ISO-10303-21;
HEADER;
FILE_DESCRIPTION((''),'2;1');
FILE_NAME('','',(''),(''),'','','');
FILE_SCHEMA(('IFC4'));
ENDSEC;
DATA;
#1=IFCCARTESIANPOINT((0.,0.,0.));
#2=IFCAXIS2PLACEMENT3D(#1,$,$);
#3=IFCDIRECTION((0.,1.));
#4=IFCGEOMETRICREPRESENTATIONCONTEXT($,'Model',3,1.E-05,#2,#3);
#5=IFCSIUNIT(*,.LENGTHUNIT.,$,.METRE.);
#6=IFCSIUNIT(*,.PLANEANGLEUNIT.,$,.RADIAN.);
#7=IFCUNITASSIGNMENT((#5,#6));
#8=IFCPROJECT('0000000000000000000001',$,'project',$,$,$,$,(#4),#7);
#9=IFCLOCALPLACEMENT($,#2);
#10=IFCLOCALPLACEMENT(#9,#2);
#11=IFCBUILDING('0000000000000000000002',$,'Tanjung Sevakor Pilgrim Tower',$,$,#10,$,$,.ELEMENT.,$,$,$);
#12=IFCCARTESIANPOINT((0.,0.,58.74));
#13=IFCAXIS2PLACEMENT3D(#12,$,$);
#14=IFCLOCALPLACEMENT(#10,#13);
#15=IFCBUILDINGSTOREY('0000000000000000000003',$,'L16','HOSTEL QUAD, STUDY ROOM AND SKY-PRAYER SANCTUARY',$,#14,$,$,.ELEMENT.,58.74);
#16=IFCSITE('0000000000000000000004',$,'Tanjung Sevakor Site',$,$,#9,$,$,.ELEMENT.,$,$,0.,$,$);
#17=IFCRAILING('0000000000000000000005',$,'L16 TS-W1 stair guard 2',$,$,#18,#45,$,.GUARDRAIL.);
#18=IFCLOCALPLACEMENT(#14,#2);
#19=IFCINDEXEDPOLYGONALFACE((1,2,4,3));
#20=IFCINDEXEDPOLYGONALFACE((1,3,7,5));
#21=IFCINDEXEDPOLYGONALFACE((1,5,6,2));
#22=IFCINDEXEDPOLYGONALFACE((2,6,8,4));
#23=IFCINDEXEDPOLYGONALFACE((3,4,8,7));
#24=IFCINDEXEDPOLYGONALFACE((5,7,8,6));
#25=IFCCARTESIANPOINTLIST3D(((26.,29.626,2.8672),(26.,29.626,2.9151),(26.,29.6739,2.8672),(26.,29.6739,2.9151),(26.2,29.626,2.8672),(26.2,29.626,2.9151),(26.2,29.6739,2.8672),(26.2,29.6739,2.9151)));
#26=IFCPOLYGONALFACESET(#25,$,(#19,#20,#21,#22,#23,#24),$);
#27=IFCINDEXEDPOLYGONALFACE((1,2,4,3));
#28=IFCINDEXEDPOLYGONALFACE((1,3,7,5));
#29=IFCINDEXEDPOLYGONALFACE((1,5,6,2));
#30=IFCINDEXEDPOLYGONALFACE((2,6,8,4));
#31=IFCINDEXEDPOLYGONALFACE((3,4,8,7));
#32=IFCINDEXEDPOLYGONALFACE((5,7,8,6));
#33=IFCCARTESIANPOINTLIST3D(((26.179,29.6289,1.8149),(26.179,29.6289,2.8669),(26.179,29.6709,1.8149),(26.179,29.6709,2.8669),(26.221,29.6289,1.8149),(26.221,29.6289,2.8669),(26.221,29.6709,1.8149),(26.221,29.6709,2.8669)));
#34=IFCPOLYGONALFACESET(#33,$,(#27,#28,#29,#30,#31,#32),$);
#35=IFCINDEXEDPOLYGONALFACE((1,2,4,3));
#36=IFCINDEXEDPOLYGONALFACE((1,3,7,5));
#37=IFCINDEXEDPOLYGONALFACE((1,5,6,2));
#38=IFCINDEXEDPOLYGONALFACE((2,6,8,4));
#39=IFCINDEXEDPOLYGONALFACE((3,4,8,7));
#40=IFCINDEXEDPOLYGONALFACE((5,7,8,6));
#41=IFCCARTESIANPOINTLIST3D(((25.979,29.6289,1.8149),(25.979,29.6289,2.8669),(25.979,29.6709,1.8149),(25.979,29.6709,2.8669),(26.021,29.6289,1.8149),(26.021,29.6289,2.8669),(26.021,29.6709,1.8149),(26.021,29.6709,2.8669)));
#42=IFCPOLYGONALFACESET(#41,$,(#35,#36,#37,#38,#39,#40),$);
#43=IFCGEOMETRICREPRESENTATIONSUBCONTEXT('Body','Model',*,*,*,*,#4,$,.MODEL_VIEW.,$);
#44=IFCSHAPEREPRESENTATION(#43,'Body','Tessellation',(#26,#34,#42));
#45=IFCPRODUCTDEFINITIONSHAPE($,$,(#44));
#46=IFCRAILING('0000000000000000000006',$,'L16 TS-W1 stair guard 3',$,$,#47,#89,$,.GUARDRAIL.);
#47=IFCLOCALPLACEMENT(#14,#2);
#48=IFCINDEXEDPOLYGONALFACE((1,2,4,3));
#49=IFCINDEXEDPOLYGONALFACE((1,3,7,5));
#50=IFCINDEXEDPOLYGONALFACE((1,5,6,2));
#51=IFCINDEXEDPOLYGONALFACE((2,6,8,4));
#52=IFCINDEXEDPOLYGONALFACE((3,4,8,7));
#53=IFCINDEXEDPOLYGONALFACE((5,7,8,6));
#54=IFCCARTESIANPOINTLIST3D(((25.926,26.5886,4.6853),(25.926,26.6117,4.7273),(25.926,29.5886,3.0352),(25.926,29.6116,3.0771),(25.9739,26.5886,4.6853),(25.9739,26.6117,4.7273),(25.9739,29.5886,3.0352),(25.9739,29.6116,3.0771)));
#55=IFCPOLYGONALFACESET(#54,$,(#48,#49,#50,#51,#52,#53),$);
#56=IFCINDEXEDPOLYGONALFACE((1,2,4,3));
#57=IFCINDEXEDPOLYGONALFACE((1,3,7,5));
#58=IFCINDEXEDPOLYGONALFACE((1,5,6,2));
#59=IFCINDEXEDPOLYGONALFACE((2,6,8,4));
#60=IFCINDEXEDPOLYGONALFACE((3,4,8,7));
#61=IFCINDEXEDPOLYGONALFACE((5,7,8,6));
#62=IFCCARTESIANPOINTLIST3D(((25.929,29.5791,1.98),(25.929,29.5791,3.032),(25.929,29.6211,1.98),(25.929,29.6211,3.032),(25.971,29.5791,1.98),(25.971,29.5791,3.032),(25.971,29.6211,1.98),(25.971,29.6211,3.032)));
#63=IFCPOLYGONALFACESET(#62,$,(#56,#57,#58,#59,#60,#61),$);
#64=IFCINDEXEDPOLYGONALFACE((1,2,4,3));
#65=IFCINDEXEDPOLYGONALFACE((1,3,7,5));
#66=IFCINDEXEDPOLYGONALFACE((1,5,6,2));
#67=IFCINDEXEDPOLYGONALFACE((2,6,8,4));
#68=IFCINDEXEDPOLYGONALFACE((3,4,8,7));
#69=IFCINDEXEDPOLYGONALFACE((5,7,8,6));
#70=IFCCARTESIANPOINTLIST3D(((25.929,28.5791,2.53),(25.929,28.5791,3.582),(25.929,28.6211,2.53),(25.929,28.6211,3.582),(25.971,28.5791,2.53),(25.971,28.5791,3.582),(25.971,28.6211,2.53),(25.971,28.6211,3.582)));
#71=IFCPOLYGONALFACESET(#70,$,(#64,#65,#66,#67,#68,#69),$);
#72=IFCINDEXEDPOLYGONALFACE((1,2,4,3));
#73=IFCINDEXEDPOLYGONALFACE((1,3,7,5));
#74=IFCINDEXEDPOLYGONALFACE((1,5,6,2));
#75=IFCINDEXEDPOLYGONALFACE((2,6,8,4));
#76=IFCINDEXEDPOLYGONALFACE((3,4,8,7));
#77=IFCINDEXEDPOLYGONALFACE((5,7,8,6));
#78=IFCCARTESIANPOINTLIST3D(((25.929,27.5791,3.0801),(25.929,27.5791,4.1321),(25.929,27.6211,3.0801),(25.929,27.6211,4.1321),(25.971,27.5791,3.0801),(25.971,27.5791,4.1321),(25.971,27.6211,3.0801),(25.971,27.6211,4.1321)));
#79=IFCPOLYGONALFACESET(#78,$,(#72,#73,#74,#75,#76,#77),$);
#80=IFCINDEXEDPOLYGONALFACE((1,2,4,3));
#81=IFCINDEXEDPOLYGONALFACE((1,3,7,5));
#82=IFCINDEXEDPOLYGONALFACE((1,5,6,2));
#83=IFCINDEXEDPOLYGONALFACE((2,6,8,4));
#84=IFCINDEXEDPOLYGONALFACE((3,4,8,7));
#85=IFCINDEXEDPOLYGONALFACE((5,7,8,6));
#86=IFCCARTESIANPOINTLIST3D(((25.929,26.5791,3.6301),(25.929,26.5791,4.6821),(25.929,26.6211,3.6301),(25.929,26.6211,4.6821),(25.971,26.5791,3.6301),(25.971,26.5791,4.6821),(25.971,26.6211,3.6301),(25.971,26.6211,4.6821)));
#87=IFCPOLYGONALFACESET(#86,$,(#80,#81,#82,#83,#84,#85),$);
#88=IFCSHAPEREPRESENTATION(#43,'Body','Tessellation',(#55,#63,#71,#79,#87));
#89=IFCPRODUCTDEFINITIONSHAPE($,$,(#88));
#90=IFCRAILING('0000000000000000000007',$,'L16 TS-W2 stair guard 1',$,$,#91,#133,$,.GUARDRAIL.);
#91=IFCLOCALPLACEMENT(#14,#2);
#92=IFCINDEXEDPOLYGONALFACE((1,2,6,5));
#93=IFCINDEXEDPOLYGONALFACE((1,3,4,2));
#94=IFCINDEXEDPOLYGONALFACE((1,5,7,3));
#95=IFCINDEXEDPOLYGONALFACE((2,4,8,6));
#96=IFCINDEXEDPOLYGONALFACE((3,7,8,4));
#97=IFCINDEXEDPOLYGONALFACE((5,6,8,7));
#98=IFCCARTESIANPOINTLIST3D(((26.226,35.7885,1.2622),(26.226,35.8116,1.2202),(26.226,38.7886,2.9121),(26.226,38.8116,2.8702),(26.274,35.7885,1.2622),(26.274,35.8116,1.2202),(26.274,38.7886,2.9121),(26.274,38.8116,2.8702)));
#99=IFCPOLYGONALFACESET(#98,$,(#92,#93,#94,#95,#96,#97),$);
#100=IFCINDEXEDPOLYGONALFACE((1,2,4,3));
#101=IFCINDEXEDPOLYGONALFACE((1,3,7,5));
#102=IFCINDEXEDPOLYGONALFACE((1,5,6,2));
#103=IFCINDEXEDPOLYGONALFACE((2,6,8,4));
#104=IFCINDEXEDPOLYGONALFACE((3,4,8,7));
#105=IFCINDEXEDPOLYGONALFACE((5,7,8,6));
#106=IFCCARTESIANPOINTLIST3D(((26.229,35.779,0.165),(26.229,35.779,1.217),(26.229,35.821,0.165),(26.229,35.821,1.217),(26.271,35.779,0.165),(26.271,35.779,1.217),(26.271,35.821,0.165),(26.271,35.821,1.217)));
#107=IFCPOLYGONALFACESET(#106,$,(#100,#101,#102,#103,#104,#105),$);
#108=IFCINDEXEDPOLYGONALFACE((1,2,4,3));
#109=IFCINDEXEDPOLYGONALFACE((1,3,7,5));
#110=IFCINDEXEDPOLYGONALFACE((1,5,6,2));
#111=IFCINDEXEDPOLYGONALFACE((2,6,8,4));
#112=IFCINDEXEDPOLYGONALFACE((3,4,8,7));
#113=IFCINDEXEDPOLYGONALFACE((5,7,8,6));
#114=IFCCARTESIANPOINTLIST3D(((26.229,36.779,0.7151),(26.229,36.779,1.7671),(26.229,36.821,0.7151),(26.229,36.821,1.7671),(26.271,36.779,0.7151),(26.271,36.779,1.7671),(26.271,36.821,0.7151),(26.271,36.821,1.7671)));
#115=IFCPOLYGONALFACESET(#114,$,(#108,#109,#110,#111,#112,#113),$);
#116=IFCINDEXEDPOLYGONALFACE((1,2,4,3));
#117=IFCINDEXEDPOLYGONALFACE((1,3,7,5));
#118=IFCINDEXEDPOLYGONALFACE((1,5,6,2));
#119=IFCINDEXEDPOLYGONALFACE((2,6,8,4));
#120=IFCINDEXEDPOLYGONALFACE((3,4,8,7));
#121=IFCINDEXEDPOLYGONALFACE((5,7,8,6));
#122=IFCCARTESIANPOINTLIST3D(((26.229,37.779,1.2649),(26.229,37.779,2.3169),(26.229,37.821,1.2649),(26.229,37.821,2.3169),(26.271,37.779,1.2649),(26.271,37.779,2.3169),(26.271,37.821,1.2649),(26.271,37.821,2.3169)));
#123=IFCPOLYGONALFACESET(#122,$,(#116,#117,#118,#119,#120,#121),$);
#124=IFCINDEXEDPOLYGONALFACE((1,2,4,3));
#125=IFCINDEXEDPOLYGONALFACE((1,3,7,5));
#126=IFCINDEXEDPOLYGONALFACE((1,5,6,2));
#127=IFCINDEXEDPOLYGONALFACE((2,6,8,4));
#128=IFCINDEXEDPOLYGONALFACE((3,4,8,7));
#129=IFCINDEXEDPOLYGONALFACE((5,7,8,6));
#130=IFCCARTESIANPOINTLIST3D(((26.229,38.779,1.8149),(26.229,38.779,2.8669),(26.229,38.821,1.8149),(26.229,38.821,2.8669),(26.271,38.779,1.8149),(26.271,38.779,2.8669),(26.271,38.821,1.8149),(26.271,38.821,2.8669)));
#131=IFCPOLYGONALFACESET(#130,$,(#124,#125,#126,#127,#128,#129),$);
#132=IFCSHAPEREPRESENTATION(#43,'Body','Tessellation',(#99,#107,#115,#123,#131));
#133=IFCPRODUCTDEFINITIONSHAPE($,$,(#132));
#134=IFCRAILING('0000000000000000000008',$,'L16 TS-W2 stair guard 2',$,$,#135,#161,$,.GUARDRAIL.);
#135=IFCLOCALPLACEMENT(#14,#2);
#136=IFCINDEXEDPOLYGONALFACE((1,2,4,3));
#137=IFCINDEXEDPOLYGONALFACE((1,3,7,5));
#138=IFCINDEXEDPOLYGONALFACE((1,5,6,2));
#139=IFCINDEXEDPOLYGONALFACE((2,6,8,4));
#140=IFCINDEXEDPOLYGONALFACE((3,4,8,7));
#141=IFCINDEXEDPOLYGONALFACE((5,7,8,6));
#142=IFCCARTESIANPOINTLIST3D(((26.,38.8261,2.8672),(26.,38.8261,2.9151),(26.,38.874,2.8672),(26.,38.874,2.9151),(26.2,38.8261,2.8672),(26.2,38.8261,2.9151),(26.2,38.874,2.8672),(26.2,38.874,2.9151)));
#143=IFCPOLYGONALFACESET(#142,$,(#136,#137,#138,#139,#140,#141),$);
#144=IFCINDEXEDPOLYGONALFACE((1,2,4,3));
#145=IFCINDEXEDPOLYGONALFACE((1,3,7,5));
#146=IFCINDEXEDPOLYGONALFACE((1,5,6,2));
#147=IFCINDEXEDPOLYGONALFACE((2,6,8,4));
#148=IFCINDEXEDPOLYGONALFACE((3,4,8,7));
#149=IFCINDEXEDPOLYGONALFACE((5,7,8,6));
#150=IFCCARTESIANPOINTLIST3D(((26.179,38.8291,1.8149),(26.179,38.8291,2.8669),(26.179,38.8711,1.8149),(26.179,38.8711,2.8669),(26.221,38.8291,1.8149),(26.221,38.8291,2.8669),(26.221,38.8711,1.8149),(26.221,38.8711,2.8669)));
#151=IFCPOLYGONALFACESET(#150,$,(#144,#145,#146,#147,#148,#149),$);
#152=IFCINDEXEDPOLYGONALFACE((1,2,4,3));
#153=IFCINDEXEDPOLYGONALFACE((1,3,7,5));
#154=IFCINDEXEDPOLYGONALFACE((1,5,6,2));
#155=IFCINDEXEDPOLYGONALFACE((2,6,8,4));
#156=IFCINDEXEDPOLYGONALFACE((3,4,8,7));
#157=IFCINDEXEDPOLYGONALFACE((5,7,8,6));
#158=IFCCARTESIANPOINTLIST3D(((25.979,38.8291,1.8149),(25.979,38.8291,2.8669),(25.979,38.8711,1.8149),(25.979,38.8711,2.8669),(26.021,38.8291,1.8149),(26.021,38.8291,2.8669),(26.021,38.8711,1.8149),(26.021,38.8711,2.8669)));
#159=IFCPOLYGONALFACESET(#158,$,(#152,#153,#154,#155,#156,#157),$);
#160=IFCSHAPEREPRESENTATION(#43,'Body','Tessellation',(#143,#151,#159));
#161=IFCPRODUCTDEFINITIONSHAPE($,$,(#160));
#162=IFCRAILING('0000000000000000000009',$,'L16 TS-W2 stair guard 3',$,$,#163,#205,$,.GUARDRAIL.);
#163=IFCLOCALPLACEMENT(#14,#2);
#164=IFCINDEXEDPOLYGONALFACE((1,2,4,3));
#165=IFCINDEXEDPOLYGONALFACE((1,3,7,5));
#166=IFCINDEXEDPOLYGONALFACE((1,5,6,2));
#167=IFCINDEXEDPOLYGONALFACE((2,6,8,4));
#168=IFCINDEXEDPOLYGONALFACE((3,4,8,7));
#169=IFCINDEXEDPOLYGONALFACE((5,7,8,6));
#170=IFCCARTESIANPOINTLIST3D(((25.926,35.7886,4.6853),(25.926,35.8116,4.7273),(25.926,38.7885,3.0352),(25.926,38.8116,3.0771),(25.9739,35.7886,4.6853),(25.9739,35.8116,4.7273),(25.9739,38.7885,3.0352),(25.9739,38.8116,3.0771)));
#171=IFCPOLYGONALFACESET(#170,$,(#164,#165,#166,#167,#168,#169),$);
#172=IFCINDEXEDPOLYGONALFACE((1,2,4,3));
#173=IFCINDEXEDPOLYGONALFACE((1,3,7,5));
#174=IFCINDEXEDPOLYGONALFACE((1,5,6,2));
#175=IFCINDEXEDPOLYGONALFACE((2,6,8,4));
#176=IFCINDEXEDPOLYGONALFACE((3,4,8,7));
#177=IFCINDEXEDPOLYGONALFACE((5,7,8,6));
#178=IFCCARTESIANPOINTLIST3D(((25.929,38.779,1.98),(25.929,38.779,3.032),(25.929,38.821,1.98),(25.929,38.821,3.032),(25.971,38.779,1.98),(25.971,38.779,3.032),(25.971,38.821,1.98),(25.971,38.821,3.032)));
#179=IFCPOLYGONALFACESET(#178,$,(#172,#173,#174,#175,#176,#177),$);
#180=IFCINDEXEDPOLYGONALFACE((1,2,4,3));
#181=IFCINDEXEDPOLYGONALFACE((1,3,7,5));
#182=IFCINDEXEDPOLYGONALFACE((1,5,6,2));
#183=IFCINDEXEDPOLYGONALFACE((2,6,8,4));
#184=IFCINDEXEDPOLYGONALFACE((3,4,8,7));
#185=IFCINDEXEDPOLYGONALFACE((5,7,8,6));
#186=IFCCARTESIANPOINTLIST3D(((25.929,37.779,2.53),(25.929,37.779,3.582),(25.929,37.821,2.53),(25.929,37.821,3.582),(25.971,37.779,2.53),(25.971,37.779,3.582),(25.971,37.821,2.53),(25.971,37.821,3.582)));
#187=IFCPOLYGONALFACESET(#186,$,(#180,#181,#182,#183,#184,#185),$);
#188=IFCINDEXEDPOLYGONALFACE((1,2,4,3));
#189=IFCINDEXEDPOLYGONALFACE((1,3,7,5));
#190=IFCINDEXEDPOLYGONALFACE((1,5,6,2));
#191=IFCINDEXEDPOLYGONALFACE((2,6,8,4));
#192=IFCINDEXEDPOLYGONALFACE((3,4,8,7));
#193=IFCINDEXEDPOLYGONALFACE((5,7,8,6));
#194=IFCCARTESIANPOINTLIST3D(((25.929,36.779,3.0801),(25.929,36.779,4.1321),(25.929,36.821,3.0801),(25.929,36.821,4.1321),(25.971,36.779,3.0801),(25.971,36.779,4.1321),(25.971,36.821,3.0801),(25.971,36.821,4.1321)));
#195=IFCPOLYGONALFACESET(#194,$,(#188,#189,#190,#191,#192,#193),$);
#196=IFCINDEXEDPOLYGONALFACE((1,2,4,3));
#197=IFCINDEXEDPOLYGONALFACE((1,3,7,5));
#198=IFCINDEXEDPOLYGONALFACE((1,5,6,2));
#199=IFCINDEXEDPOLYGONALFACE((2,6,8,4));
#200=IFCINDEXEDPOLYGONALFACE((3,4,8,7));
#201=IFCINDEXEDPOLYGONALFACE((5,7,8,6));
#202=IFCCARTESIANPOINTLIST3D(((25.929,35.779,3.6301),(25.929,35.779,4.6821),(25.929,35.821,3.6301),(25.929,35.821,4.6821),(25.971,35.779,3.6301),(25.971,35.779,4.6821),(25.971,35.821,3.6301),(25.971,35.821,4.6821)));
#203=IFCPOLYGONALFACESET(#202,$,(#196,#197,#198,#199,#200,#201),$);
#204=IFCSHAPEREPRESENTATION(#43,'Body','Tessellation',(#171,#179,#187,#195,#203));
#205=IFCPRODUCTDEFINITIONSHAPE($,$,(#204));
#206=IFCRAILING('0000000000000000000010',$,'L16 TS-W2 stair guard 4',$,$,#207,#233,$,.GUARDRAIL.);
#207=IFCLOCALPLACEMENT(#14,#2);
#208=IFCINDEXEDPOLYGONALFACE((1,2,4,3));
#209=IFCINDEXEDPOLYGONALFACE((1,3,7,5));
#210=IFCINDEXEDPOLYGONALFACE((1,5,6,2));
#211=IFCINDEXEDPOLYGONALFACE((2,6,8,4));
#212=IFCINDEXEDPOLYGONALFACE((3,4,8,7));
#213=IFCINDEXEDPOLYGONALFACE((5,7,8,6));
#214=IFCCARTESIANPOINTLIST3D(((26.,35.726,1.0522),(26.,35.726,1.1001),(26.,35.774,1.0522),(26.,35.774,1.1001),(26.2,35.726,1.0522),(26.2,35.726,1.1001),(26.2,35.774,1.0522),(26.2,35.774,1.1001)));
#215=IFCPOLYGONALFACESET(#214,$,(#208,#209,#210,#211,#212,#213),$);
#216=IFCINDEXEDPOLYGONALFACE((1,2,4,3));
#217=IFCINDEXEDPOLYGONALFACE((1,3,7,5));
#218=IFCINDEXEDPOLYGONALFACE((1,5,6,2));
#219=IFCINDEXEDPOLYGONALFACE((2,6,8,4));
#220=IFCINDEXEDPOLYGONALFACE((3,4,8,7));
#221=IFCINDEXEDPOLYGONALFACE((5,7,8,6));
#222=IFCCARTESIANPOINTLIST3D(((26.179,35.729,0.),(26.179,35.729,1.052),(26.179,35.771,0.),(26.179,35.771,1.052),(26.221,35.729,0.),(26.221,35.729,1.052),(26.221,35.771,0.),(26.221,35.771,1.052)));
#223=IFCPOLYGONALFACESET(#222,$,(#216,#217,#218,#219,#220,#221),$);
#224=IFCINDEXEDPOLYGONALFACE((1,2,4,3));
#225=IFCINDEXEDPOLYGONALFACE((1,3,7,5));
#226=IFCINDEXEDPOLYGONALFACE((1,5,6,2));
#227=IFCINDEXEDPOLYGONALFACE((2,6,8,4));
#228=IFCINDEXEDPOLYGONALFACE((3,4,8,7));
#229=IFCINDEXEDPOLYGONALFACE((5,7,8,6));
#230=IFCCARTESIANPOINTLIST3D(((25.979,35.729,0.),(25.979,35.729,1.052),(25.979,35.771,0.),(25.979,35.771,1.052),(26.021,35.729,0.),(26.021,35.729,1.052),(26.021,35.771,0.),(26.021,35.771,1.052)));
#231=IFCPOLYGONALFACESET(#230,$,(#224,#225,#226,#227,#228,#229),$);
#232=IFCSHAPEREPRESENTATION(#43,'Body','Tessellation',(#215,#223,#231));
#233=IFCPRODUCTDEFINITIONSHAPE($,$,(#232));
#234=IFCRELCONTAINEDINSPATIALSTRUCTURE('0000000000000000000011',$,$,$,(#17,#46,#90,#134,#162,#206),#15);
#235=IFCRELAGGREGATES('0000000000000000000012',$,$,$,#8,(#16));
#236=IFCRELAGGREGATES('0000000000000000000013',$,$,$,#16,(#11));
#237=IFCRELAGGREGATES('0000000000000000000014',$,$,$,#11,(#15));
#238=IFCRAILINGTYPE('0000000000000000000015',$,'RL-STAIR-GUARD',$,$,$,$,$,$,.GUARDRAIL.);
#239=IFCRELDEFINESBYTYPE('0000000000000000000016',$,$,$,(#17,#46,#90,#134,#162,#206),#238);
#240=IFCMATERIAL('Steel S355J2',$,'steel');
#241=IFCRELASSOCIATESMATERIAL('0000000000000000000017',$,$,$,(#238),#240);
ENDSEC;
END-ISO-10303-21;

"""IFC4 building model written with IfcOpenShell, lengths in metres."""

from ifc_helpers import new_model, si_unit, direction, frame, origin, place, context, subcontext, project, spatial, rectangle, extrude, material, type_object, element, save


model = new_model("IFC4")

# Units and contexts
model_context = context("Model", 3, precision=1e-05, world=origin(), true_north=direction((0.0, 1.0)))
body_context = subcontext(model_context, "Body", "Model", "MODEL_VIEW")
ifc_project = project(units=[si_unit("LENGTHUNIT", "METRE"), si_unit("PLANEANGLEUNIT", "RADIAN")], contexts=[model_context])

# Site, building, storey
site_placement = place(None, origin())
site = spatial("IfcSite", under=ifc_project, at=site_placement, Name="Tanjung Sevakor Site", CompositionType="ELEMENT", RefElevation=0.0)
building_placement = place(site_placement, origin())
building = spatial("IfcBuilding", under=site, at=building_placement, Name="Tanjung Sevakor Pilgrim Tower", CompositionType="ELEMENT")
storey_placement = place(building_placement, frame((0.0, 0.0, 58.74)))
storey = spatial("IfcBuildingStorey", under=building, at=storey_placement, Name="L16", Description="HOSTEL QUAD, STUDY ROOM AND SKY-PRAYER SANCTUARY", CompositionType="ELEMENT", Elevation=58.74)

# Railings
ifc_material_1 = material(Name="Steel S355J2", Category="steel")
railing_type_1 = type_object("IfcRailingType", Name="RL-STAIR-GUARD", PredefinedType="GUARDRAIL", material=ifc_material_1)
railing_1_placement = place(storey_placement, frame((26.2, 29.6499, 1.8149)))
element("IfcRailing", 1, at=railing_1_placement, inside=storey, type_object=railing_type_1, Name="L16 TS-W1 stair guard 2", PredefinedType="GUARDRAIL", context=body_context, shape_type="SweptSolid", body=[
    extrude(rectangle(XDim=0.0479, YDim=0.0479), frame((0.0, 0.0, 1.0762), z_axis=(-1.0, 0.0, 0.0), x_axis=(0.0, -1.0, 0.0)), (0.0, 0.0, 1.0), 0.2),
    extrude(rectangle(XDim=0.042, YDim=0.042), origin(), (0.0, 0.0, 1.0), 1.052),
    extrude(rectangle(XDim=0.042, YDim=0.042), frame((-0.2, 0.0, 0.0)), (0.0, 0.0, 1.0), 1.052),
])
railing_2_placement = place(storey_placement, frame((25.95, 29.6001, 1.98)))
element("IfcRailing", 2, at=railing_2_placement, inside=storey, type_object=railing_type_1, Name="L16 TS-W1 stair guard 3", PredefinedType="GUARDRAIL", context=body_context, shape_type="SweptSolid", body=[
    extrude(rectangle(XDim=0.0479, YDim=0.0479), frame((0.0, 0.0, 1.0762), z_axis=(0.0, -0.876198, 0.481952), x_axis=(1.0, 0.0, 0.0)), (0.0, 0.0, 1.0), 3.4238),
    extrude(rectangle(XDim=0.042, YDim=0.042), origin(), (0.0, 0.0, 1.0), 1.052),
    extrude(rectangle(XDim=0.042, YDim=0.042), frame((0.0, -1.0, 0.55)), (0.0, 0.0, 1.0), 1.052),
    extrude(rectangle(XDim=0.042, YDim=0.042), frame((0.0, -2.0, 1.1001)), (0.0, 0.0, 1.0), 1.052),
    extrude(rectangle(XDim=0.042, YDim=0.042), frame((0.0, -3.0, 1.6501)), (0.0, 0.0, 1.0), 1.052),
])
railing_3_placement = place(storey_placement, frame((26.25, 35.8, 0.165)))
element("IfcRailing", 3, at=railing_3_placement, inside=storey, type_object=railing_type_1, Name="L16 TS-W2 stair guard 1", PredefinedType="GUARDRAIL", context=body_context, shape_type="SweptSolid", body=[
    extrude(rectangle(XDim=0.0479, YDim=0.0479), frame((0.0, 0.0, 1.0762), z_axis=(0.0, 0.876228, 0.481897), x_axis=(-1.0, 0.0, 0.0)), (0.0, 0.0, 1.0), 3.4238),
    extrude(rectangle(XDim=0.042, YDim=0.042), origin(), (0.0, 0.0, 1.0), 1.052),
    extrude(rectangle(XDim=0.042, YDim=0.042), frame((0.0, 1.0, 0.55)), (0.0, 0.0, 1.0), 1.052),
    extrude(rectangle(XDim=0.042, YDim=0.042), frame((0.0, 2.0, 1.0999)), (0.0, 0.0, 1.0), 1.052),
    extrude(rectangle(XDim=0.042, YDim=0.042), frame((0.0, 3.0, 1.6499)), (0.0, 0.0, 1.0), 1.052),
])
railing_4_placement = place(storey_placement, frame((26.2, 38.8501, 1.8149)))
element("IfcRailing", 4, at=railing_4_placement, inside=storey, type_object=railing_type_1, Name="L16 TS-W2 stair guard 2", PredefinedType="GUARDRAIL", context=body_context, shape_type="SweptSolid", body=[
    extrude(rectangle(XDim=0.0479, YDim=0.0479), frame((0.0, 0.0, 1.0762), z_axis=(-1.0, 0.0, 0.0), x_axis=(0.0, -1.0, 0.0)), (0.0, 0.0, 1.0), 0.2),
    extrude(rectangle(XDim=0.042, YDim=0.042), origin(), (0.0, 0.0, 1.0), 1.052),
    extrude(rectangle(XDim=0.042, YDim=0.042), frame((-0.2, 0.0, 0.0)), (0.0, 0.0, 1.0), 1.052),
])
railing_5_placement = place(storey_placement, frame((25.95, 38.8, 1.98)))
element("IfcRailing", 5, at=railing_5_placement, inside=storey, type_object=railing_type_1, Name="L16 TS-W2 stair guard 3", PredefinedType="GUARDRAIL", context=body_context, shape_type="SweptSolid", body=[
    extrude(rectangle(XDim=0.0479, YDim=0.0479), frame((0.0, 0.0, 1.0762), z_axis=(0.0, -0.876198, 0.481952), x_axis=(1.0, 0.0, 0.0)), (0.0, 0.0, 1.0), 3.4238),
    extrude(rectangle(XDim=0.042, YDim=0.042), origin(), (0.0, 0.0, 1.0), 1.052),
    extrude(rectangle(XDim=0.042, YDim=0.042), frame((0.0, -1.0, 0.55)), (0.0, 0.0, 1.0), 1.052),
    extrude(rectangle(XDim=0.042, YDim=0.042), frame((0.0, -2.0, 1.1001)), (0.0, 0.0, 1.0), 1.052),
    extrude(rectangle(XDim=0.042, YDim=0.042), frame((0.0, -3.0, 1.6501)), (0.0, 0.0, 1.0), 1.052),
])
railing_6_placement = place(storey_placement, frame((26.2, 35.75, 0.0)))
element("IfcRailing", 6, at=railing_6_placement, inside=storey, type_object=railing_type_1, Name="L16 TS-W2 stair guard 4", PredefinedType="GUARDRAIL", context=body_context, shape_type="SweptSolid", body=[
    extrude(rectangle(XDim=0.0479, YDim=0.0479), frame((0.0, 0.0, 1.0762), z_axis=(-1.0, 0.0, 0.0), x_axis=(0.0, -1.0, 0.0)), (0.0, 0.0, 1.0), 0.2),
    extrude(rectangle(XDim=0.042, YDim=0.042), origin(), (0.0, 0.0, 1.0), 1.052),
    extrude(rectangle(XDim=0.042, YDim=0.042), frame((-0.2, 0.0, 0.0)), (0.0, 0.0, 1.0), 1.052),
])

save(model, "model.ifc")
